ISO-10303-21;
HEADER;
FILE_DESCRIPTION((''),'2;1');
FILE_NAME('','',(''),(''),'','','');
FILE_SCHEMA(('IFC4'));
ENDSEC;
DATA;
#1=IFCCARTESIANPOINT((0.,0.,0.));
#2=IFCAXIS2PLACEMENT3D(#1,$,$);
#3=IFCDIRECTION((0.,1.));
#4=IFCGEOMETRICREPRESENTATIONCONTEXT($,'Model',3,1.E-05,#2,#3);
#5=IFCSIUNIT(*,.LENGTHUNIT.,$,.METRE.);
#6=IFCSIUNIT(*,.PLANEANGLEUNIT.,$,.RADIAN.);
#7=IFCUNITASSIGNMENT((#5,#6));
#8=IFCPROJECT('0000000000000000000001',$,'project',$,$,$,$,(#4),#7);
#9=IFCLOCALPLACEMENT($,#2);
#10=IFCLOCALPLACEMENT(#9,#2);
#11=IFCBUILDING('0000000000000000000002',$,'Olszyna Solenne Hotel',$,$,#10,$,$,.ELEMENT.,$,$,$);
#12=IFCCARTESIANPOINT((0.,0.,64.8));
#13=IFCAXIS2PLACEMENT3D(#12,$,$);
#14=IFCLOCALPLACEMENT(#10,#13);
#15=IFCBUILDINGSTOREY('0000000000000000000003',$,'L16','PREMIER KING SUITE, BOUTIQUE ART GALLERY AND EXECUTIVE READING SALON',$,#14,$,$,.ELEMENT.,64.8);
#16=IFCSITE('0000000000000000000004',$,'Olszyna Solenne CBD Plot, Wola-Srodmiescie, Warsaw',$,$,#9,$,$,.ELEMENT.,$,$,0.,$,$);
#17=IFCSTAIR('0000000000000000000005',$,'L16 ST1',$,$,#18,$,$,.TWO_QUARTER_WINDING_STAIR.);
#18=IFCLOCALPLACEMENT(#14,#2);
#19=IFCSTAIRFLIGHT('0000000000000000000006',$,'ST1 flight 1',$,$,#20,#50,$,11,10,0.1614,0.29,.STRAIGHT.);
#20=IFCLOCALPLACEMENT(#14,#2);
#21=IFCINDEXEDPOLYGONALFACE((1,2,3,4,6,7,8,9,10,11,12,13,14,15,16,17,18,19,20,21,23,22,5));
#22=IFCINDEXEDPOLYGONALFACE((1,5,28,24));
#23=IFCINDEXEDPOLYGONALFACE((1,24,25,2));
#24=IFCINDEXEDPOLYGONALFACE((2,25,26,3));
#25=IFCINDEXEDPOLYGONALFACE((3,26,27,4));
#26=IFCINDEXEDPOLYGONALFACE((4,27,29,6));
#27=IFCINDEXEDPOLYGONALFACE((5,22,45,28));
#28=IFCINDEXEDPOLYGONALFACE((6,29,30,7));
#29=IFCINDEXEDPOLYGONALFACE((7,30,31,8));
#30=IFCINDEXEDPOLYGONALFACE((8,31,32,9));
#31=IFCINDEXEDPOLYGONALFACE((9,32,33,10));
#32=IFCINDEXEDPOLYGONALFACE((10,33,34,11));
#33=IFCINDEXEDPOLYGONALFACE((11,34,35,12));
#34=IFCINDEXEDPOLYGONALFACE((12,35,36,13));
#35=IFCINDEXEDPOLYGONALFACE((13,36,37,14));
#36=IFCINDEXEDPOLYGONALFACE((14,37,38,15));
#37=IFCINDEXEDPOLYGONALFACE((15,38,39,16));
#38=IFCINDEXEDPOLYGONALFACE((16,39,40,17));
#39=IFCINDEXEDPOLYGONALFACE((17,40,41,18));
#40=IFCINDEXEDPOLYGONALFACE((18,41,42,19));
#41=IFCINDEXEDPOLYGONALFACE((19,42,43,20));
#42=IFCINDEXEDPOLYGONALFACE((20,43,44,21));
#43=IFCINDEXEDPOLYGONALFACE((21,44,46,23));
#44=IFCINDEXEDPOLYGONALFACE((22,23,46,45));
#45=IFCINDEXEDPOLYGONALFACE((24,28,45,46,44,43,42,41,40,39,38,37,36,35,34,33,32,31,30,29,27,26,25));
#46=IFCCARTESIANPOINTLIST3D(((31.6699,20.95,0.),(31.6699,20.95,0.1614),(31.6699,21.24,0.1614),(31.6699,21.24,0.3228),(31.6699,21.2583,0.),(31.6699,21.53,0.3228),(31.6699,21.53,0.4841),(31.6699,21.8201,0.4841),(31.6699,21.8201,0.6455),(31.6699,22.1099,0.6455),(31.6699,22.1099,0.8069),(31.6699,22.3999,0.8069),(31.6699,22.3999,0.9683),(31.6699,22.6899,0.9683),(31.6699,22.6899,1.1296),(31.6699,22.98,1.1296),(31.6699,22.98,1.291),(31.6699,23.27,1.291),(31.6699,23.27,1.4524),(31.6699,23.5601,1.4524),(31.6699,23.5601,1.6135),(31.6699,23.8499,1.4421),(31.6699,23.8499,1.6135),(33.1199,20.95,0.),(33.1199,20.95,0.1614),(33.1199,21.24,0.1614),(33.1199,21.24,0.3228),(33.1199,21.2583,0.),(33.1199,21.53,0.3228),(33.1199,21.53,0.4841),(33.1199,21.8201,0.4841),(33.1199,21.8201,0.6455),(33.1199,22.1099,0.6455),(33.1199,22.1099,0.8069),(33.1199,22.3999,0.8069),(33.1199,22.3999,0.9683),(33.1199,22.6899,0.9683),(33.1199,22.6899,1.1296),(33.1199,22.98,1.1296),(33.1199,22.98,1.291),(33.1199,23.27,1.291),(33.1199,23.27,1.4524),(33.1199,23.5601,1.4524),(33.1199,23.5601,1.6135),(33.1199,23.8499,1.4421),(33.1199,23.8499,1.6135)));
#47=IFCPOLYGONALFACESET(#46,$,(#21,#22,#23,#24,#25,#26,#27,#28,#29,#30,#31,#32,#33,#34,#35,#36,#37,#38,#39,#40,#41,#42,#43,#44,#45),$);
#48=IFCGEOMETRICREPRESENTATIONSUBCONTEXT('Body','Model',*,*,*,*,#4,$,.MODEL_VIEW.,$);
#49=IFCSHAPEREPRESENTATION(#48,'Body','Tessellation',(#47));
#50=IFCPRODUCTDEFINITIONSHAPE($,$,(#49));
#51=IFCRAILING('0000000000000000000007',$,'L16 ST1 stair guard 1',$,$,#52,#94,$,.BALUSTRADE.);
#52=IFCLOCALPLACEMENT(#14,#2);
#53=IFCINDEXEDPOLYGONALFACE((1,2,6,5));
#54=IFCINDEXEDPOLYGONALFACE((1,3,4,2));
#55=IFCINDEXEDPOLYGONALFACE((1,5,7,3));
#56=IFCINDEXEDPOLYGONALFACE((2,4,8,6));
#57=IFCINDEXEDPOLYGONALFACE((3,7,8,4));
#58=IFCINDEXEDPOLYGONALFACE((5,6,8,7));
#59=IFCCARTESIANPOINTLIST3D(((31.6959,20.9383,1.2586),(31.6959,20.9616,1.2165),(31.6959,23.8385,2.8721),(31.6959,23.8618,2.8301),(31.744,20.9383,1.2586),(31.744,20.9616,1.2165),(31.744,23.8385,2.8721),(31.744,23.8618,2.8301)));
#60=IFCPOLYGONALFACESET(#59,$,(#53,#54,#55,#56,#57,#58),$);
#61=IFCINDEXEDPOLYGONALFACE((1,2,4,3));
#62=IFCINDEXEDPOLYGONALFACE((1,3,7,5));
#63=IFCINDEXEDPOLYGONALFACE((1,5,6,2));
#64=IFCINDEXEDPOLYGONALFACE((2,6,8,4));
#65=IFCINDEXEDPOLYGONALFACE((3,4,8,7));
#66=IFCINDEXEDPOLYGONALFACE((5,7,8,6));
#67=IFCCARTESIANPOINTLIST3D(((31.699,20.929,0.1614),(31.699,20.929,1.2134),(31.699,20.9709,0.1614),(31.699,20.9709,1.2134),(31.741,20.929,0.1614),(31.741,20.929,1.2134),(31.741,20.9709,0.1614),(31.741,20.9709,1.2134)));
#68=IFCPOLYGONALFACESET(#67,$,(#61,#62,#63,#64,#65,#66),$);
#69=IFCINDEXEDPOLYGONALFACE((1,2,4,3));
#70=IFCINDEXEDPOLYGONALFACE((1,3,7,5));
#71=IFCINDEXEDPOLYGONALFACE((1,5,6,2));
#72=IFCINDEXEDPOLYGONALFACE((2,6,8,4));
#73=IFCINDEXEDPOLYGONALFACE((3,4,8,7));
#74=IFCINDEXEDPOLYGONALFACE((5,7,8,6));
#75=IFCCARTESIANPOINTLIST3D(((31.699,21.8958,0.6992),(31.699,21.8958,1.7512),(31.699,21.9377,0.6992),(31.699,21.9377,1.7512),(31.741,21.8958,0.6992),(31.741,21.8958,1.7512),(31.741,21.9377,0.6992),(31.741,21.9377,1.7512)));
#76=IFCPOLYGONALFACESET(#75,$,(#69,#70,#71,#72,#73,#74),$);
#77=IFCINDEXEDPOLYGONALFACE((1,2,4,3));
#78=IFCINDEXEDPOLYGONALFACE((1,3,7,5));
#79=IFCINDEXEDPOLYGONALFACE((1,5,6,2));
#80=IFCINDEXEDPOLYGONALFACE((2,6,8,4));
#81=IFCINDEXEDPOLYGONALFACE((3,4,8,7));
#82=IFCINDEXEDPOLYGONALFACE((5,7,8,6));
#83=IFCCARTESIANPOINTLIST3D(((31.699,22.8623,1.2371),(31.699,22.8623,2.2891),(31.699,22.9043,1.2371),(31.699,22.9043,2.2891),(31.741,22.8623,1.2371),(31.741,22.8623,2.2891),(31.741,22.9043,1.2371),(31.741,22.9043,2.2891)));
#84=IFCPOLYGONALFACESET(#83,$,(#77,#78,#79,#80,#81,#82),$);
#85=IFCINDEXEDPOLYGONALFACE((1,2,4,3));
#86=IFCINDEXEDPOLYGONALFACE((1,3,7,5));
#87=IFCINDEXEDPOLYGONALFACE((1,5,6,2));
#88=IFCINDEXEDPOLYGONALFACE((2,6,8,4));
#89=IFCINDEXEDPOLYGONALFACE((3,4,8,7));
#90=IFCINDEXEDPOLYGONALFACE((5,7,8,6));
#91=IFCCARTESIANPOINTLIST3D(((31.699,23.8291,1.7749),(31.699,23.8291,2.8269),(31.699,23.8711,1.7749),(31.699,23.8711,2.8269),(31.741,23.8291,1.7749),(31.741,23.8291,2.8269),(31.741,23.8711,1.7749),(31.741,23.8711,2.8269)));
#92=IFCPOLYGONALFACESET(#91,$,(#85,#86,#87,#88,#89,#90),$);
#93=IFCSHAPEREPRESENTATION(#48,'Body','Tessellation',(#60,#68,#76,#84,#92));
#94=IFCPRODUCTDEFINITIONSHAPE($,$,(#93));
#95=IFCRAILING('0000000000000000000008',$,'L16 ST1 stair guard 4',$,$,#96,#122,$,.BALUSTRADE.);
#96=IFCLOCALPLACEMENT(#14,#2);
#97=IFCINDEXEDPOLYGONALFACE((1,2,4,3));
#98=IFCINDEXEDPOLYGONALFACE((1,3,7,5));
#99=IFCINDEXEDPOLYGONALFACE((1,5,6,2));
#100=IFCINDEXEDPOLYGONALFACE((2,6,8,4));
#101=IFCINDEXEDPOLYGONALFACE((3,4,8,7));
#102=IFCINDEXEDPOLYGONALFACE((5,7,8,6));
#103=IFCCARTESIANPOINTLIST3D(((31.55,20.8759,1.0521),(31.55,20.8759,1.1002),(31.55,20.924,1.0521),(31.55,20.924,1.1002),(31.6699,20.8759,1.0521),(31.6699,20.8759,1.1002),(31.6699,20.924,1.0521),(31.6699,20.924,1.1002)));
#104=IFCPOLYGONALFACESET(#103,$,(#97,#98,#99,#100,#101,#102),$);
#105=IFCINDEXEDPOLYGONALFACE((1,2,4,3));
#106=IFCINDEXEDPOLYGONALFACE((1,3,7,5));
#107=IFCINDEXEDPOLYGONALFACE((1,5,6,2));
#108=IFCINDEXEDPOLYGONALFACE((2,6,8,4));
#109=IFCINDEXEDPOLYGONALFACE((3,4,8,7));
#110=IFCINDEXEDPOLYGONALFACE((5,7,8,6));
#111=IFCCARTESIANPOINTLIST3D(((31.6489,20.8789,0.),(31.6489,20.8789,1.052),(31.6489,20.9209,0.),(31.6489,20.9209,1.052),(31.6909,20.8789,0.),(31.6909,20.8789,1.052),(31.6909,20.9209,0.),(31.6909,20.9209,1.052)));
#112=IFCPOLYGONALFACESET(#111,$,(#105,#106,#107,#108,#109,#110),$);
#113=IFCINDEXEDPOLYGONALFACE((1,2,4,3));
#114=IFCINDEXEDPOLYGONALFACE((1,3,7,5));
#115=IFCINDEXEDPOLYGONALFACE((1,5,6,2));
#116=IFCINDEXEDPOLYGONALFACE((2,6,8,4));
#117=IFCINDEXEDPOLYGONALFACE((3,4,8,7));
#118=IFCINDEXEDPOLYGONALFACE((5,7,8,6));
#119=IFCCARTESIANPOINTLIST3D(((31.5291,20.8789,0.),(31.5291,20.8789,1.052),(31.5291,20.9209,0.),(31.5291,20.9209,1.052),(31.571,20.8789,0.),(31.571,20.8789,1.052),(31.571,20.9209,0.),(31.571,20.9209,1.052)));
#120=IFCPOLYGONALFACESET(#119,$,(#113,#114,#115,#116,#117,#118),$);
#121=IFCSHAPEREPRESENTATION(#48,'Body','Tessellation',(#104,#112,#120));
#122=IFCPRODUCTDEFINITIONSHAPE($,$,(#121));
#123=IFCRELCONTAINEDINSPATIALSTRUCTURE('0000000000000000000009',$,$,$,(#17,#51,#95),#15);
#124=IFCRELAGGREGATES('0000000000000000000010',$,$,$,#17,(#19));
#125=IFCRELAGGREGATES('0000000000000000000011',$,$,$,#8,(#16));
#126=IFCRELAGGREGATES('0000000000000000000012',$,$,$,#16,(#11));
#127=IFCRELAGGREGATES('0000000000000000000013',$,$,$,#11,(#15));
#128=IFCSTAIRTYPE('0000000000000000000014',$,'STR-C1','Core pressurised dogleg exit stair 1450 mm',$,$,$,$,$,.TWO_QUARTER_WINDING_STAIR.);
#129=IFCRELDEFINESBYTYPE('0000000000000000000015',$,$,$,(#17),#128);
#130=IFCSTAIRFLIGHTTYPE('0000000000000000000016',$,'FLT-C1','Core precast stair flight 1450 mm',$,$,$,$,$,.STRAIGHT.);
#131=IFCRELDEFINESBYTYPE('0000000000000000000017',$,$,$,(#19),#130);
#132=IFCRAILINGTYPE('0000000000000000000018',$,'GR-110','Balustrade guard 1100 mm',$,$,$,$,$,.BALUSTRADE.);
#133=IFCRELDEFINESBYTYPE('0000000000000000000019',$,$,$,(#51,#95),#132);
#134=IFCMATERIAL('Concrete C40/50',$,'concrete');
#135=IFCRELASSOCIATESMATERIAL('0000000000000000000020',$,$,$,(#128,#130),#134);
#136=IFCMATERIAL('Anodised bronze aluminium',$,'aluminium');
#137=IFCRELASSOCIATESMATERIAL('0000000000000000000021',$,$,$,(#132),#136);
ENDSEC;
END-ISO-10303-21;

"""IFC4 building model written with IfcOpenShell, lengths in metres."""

from ifc_helpers import new_model, si_unit, direction, frame, origin, origin_2d, place, context, subcontext, project, spatial, polyline, rectangle, outline, extrude, material, type_object, element, aggregate, save


model = new_model("IFC4")

# Units and contexts
model_context = context("Model", 3, precision=1e-05, world=origin(), true_north=direction((0.0, 1.0)))
body_context = subcontext(model_context, "Body", "Model", "MODEL_VIEW")
ifc_project = project(units=[si_unit("LENGTHUNIT", "METRE"), si_unit("PLANEANGLEUNIT", "RADIAN")], contexts=[model_context])

# Site, building, storey
site_placement = place(None, origin())
site = spatial("IfcSite", under=ifc_project, at=site_placement, Name="Olszyna Solenne CBD Plot, Wola-Srodmiescie, Warsaw", CompositionType="ELEMENT", RefElevation=0.0)
building_placement = place(site_placement, origin())
building = spatial("IfcBuilding", under=site, at=building_placement, Name="Olszyna Solenne Hotel", CompositionType="ELEMENT")
storey_placement = place(building_placement, frame((0.0, 0.0, 64.8)))
storey = spatial("IfcBuildingStorey", under=building, at=storey_placement, Name="L16", Description="PREMIER KING SUITE, BOUTIQUE ART GALLERY AND EXECUTIVE READING SALON", CompositionType="ELEMENT", Elevation=64.8)

# Stair, stair flight
ifc_material_1 = material(Name="Concrete C40/50", Category="concrete")
stair_type = type_object("IfcStairType", Name="STR-C1", Description="Core pressurised dogleg exit stair 1450 mm", PredefinedType="TWO_QUARTER_WINDING_STAIR", material=ifc_material_1)
stair_placement = place(storey_placement, origin())
stair = element("IfcStair", 1, at=stair_placement, inside=storey, type_object=stair_type, Name="L16 ST1", PredefinedType="TWO_QUARTER_WINDING_STAIR")
stair_flight_type = type_object("IfcStairFlightType", Name="FLT-C1", Description="Core precast stair flight 1450 mm", PredefinedType="STRAIGHT", material=ifc_material_1)
stair_flight_placement = place(storey_placement, frame((32.395, 20.95, 0.0), z_axis=(0.0, 0.0, 1.0), x_axis=(0.0, 1.0, 0.0)))
stair_flight = element("IfcStairFlight", 2, at=stair_flight_placement, type_object=stair_flight_type, Name="ST1 flight 1", NumberOfRisers=11, NumberOfTreads=10, PredefinedType="STRAIGHT", RiserHeight=0.1614, TreadLength=0.29, context=body_context, shape_type="SweptSolid", body=[
    extrude(outline(polyline([(0.0, 0.0), (0.0, 0.1614), (0.29, 0.1614), (0.29, 0.3228), (0.5801, 0.3228), (0.5801, 0.4841), (0.8701, 0.4841), (0.8701, 0.6455), (1.1599, 0.6455), (1.1599, 0.8069), (1.45, 0.8069), (1.45, 0.9683), (1.74, 0.9683), (1.74, 1.1296), (2.03, 1.1296), (2.03, 1.291), (2.3201, 1.291), (2.3201, 1.4524), (2.6101, 1.4524), (2.6101, 1.6135), (2.8999, 1.6135), (2.8999, 1.7749), (2.8999, 1.4421), (0.3083, 0.0), (0.0, 0.0)])), frame((0.0, 0.7251, 0.0), z_axis=(0.0, -1.0, 0.0), x_axis=(1.0, 0.0, 0.0)), (0.0, 0.0, 1.0), 1.45),
])
aggregate(stair, [stair_flight])

# Railings
ifc_material_2 = material(Name="Anodised bronze aluminium", Category="aluminium")
railing_type = type_object("IfcRailingType", Name="GR-110", Description="Balustrade guard 1100 mm", PredefinedType="BALUSTRADE", material=ifc_material_2)
railing_1_placement = place(storey_placement, frame((31.72, 20.95, 0.1614)))
element("IfcRailing", 3, at=railing_1_placement, inside=storey, type_object=railing_type, Name="L16 ST1 stair guard 1", PredefinedType="BALUSTRADE", context=body_context, shape_type="SweptSolid", body=[
    extrude(rectangle(XDim=0.0481, YDim=0.0481, at=origin_2d()), frame((0.0, 0.0, 1.0762), z_axis=(0.0, 0.873859, 0.48618), x_axis=(-1.0, 0.0, 0.0)), (0.0, 0.0, 1.0), 3.3188),
    extrude(rectangle(XDim=0.042, YDim=0.042, at=origin_2d()), origin(), (0.0, 0.0, 1.0), 1.052),
    extrude(rectangle(XDim=0.042, YDim=0.042, at=origin_2d()), frame((0.0, 0.9668, 0.5378)), (0.0, 0.0, 1.0), 1.052),
    extrude(rectangle(XDim=0.042, YDim=0.042, at=origin_2d()), frame((0.0, 1.9333, 1.0757)), (0.0, 0.0, 1.0), 1.052),
    extrude(rectangle(XDim=0.042, YDim=0.042, at=origin_2d()), frame((0.0, 2.9001, 1.6135)), (0.0, 0.0, 1.0), 1.052),
])
railing_2_placement = place(storey_placement, frame((31.6699, 20.8999, 0.0)))
element("IfcRailing", 4, at=railing_2_placement, inside=storey, type_object=railing_type, Name="L16 ST1 stair guard 4", PredefinedType="BALUSTRADE", context=body_context, shape_type="SweptSolid", body=[
    extrude(rectangle(XDim=0.0481, YDim=0.0481, at=origin_2d()), frame((0.0, 0.0, 1.0762), z_axis=(-1.0, 0.0, 0.0), x_axis=(0.0, -1.0, 0.0)), (0.0, 0.0, 1.0), 0.1199),
    extrude(rectangle(XDim=0.042, YDim=0.042, at=origin_2d()), origin(), (0.0, 0.0, 1.0), 1.052),
    extrude(rectangle(XDim=0.042, YDim=0.042, at=origin_2d()), frame((-0.1199, 0.0, 0.0)), (0.0, 0.0, 1.0), 1.052),
])

save(model, "model.ifc")
